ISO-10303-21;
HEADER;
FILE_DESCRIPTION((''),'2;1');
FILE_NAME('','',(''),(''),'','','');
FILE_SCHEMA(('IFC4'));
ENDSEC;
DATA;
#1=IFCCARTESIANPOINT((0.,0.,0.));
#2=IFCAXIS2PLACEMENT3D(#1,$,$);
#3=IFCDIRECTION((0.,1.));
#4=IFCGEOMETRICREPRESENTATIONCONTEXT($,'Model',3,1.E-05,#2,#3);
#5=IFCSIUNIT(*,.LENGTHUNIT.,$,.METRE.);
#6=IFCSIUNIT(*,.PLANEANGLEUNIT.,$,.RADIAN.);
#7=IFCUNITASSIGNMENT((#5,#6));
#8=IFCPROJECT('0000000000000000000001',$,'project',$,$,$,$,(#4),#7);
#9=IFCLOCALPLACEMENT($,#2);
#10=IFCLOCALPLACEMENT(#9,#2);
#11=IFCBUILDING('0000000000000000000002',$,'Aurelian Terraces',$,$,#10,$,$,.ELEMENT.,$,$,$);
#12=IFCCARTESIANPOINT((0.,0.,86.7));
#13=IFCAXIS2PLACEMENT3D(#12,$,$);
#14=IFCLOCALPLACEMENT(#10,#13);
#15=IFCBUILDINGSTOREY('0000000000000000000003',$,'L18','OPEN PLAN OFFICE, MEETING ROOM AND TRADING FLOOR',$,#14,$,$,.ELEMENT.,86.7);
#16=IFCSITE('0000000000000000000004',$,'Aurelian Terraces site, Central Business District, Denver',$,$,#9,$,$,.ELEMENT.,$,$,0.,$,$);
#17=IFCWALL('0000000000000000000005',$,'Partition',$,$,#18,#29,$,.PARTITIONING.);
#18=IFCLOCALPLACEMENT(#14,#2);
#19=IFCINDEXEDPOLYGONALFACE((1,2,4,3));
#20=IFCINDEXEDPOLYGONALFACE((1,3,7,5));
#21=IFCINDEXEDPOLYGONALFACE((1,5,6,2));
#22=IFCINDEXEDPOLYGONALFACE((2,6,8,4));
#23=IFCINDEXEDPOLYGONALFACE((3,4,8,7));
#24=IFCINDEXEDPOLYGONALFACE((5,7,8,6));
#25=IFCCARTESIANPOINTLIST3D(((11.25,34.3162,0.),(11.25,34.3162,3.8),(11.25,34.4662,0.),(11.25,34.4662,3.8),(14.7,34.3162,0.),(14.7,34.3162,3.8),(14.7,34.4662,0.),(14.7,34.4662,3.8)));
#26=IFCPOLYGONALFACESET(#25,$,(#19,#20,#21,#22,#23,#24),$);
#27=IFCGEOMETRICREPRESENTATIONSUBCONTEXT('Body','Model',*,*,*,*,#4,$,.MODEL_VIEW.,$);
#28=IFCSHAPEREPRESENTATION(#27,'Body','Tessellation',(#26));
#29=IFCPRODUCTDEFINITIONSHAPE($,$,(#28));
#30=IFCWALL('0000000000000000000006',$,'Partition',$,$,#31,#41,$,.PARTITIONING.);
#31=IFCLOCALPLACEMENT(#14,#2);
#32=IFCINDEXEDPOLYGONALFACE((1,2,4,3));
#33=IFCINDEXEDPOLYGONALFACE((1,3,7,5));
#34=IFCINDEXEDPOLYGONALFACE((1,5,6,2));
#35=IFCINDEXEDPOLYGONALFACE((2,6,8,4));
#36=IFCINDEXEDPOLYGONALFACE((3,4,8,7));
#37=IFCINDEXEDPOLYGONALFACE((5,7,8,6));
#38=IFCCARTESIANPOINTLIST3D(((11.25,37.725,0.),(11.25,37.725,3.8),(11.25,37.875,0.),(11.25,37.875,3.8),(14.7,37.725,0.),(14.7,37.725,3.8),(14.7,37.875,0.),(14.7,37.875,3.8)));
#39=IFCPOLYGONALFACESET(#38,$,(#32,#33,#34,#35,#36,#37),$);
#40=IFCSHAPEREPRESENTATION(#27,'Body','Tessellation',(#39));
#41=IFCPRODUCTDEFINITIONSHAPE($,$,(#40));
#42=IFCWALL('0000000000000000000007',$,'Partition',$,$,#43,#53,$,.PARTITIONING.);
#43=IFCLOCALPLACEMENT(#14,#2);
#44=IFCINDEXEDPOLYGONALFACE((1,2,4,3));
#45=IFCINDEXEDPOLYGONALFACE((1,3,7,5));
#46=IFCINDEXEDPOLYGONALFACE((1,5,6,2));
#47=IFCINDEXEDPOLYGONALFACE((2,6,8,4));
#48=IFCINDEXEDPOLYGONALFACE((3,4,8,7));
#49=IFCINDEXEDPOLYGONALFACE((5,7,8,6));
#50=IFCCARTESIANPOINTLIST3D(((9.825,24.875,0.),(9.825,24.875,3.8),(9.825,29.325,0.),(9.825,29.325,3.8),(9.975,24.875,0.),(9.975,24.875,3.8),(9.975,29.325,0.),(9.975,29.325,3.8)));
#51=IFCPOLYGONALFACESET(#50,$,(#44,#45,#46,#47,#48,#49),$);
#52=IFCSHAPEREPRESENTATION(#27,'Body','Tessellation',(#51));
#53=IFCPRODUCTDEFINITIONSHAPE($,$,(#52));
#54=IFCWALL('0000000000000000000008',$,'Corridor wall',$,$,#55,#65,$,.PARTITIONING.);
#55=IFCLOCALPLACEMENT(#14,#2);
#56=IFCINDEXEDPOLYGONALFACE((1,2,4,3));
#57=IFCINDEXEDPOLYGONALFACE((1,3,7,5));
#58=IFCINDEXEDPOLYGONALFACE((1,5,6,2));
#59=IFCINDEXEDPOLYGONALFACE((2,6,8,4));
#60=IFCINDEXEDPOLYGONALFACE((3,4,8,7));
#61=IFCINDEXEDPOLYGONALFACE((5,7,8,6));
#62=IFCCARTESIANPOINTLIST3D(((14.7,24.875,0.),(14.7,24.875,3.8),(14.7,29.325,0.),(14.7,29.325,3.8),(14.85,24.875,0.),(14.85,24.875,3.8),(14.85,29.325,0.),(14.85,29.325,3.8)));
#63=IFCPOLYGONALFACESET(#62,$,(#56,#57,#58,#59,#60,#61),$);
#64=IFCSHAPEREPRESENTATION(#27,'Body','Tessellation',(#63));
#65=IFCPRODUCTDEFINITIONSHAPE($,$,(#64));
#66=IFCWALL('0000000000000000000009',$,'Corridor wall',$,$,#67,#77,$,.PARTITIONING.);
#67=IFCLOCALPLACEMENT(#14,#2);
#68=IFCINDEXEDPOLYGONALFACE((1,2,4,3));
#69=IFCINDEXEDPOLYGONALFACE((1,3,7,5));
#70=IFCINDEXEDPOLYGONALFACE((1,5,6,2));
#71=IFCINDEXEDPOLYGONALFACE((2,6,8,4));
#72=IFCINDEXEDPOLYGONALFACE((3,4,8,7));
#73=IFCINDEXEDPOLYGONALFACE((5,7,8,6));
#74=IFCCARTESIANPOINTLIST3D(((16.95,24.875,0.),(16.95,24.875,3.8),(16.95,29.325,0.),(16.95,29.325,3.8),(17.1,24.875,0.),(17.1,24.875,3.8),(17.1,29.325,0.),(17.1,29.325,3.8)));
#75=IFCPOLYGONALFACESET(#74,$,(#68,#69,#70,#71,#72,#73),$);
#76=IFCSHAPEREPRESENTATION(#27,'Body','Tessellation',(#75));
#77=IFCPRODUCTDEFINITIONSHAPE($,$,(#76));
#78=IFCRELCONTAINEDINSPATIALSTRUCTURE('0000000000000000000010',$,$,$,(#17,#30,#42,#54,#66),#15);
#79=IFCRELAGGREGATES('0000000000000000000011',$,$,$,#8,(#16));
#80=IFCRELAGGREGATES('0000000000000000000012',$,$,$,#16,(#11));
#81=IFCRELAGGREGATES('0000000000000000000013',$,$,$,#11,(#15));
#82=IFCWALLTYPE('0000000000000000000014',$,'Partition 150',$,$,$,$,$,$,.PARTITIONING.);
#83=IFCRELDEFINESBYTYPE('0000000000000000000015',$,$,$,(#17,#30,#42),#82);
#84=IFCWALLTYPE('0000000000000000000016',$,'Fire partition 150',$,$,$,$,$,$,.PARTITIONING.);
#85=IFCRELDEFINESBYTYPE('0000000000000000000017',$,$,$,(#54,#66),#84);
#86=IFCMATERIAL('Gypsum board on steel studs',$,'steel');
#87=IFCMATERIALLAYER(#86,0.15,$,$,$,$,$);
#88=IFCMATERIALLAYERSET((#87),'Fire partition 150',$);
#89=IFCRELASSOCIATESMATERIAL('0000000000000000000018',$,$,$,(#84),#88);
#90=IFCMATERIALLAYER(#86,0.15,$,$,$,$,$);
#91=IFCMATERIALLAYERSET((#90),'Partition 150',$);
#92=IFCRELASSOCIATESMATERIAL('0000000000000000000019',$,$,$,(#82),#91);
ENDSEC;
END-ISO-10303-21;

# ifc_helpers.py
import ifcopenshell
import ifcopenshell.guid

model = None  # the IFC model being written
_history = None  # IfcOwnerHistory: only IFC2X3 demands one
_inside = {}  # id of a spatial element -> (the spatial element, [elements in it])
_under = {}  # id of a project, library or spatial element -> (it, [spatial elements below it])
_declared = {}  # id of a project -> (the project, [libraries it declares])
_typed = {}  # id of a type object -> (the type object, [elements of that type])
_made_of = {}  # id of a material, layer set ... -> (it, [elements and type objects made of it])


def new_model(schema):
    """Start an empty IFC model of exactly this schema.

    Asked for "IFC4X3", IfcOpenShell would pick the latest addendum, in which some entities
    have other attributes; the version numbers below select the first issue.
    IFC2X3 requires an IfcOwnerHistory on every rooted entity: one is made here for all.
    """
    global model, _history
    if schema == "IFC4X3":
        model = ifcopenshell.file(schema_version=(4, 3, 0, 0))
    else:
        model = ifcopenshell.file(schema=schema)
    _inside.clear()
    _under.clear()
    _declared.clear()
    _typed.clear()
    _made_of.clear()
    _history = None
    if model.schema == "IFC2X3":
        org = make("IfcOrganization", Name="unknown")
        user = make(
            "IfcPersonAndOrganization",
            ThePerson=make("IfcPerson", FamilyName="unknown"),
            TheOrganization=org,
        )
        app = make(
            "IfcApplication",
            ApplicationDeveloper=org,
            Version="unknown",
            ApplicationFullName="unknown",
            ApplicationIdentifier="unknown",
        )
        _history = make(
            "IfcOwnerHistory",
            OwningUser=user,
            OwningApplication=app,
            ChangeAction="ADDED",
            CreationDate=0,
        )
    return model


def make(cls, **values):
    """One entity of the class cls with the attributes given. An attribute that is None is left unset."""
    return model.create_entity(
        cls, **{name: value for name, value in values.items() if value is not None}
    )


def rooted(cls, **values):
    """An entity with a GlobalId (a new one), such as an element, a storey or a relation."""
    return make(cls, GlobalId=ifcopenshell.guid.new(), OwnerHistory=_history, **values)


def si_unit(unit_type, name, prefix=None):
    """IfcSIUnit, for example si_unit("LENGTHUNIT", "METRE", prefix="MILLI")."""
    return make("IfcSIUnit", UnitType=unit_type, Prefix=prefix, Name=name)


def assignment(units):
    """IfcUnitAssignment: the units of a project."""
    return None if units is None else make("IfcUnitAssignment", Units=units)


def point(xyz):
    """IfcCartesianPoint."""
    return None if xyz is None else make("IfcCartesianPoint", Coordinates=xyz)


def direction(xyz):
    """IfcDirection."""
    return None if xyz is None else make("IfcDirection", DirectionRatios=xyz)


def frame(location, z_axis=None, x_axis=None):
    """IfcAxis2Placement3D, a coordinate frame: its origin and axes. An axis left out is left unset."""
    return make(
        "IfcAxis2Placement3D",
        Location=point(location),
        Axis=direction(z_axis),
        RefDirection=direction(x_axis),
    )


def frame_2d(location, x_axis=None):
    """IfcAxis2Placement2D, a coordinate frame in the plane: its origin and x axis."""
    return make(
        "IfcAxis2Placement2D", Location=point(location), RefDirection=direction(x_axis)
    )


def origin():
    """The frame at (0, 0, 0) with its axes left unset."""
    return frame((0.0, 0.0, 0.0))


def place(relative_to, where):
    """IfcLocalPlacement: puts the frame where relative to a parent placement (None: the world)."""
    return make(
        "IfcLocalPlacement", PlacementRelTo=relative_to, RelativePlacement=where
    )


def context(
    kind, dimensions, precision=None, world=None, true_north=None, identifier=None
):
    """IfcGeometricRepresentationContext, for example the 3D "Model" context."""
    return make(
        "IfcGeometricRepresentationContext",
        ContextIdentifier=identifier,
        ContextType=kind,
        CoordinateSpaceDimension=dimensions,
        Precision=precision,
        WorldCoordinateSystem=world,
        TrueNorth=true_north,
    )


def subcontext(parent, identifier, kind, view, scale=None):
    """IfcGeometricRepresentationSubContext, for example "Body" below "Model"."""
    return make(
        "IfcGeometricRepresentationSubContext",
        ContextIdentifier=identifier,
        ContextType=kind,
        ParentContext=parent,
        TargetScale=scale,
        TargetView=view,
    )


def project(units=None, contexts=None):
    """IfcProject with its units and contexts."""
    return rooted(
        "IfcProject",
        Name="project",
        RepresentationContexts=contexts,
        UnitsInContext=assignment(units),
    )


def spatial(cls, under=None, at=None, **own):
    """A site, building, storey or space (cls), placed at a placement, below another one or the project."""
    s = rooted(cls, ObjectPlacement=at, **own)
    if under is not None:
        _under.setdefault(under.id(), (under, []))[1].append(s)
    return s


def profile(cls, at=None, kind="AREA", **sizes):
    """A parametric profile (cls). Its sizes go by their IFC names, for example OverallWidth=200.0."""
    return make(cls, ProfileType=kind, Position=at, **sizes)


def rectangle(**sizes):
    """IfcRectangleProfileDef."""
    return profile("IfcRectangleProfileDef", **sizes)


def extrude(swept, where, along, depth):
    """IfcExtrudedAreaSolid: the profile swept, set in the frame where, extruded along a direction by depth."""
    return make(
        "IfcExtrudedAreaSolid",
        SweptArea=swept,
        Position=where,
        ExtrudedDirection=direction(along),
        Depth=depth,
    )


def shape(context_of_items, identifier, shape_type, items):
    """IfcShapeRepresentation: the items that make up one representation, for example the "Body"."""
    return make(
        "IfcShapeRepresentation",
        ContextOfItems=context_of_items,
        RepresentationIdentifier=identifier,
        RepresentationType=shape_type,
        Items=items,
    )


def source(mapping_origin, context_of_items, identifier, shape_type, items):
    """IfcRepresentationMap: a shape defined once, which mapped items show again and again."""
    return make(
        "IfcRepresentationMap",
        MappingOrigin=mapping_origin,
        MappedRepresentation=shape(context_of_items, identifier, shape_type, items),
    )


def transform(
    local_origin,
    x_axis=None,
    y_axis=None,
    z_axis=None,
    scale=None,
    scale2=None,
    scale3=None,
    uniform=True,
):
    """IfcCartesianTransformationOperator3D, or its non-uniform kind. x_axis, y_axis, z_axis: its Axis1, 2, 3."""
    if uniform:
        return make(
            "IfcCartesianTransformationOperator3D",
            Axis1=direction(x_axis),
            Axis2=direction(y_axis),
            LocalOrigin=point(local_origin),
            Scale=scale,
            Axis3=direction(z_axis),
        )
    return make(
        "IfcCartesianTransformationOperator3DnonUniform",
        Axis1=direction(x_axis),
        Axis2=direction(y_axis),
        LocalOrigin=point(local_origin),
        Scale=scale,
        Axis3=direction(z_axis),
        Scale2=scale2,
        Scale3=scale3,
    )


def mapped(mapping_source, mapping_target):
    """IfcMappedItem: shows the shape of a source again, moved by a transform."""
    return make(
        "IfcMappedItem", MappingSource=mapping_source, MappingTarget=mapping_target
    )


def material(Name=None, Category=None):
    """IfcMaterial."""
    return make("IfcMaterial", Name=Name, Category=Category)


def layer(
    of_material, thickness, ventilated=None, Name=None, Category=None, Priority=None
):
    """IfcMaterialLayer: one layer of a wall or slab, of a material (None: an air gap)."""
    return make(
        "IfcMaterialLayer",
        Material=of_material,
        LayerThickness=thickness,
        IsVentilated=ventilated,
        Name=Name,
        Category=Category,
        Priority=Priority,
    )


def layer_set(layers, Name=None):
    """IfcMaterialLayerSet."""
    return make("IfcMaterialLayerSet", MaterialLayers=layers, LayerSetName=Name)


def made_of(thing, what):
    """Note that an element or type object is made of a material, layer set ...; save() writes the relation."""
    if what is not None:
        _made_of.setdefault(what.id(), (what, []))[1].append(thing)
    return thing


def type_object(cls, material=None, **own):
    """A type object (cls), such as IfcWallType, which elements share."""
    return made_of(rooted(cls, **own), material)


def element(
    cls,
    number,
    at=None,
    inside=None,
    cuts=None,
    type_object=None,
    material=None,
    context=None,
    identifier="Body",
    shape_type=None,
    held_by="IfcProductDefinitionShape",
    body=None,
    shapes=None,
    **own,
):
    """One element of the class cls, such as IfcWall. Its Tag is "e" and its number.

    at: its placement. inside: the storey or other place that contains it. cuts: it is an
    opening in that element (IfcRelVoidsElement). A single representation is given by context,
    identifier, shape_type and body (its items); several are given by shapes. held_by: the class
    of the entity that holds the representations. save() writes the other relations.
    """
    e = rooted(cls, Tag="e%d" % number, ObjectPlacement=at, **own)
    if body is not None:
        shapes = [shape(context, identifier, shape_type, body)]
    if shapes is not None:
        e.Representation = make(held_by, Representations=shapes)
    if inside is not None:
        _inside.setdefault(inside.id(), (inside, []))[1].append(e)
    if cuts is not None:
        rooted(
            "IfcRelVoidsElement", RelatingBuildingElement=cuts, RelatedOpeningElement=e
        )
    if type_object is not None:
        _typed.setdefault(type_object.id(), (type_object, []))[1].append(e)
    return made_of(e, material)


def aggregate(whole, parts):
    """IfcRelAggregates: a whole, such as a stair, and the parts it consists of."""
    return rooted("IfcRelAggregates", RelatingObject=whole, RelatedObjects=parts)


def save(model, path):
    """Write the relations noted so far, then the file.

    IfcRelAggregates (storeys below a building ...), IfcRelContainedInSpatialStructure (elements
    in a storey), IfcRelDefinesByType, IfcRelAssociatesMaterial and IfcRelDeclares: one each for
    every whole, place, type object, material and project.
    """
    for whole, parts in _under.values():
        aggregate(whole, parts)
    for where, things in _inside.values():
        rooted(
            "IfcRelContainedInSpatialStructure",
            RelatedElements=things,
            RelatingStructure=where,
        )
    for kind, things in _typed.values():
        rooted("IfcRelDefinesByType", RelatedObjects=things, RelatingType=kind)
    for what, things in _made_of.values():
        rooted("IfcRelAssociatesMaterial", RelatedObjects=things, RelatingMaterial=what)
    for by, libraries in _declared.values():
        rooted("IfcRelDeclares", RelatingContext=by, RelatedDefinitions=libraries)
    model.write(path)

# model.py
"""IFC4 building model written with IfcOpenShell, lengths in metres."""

from ifc_helpers import new_model, si_unit, direction, frame, frame_2d, origin, place, context, subcontext, project, spatial, rectangle, extrude, source, transform, mapped, material, layer, layer_set, type_object, element, save


model = new_model("IFC4")

# Units and contexts
model_context = context("Model", 3, precision=1e-05, world=origin(), true_north=direction((0.0, 1.0)))
body_context = subcontext(model_context, "Body", "Model", "MODEL_VIEW")
ifc_project = project(units=[si_unit("LENGTHUNIT", "METRE"), si_unit("PLANEANGLEUNIT", "RADIAN")], contexts=[model_context])

# Site, building, storey
site_placement = place(None, origin())
site = spatial("IfcSite", under=ifc_project, at=site_placement, Name="Aurelian Terraces site, Central Business District, Denver", CompositionType="ELEMENT", RefElevation=0.0)
building_placement = place(site_placement, origin())
building = spatial("IfcBuilding", under=site, at=building_placement, Name="Aurelian Terraces", CompositionType="ELEMENT")
storey_placement = place(building_placement, frame((0.0, 0.0, 86.7)))
storey = spatial("IfcBuildingStorey", under=building, at=storey_placement, Name="L18", Description="OPEN PLAN OFFICE, MEETING ROOM AND TRADING FLOOR", CompositionType="ELEMENT", Elevation=86.7)

# Shared definitions
ifc_material_1 = material(Name="Gypsum board on steel studs", Category="steel")

# Shared definitions
ifc_layer_1 = layer(ifc_material_1, 0.15)
ifc_layer_set_1 = layer_set([ifc_layer_1], Name="Fire partition 150")
wall_type_1 = type_object("IfcWallType", Name="Fire partition 150", PredefinedType="PARTITIONING", material=ifc_layer_set_1)

# Shared definitions
ifc_layer_2 = layer(ifc_material_1, 0.15)
ifc_layer_set_2 = layer_set([ifc_layer_2], Name="Partition 150")
wall_type_2 = type_object("IfcWallType", Name="Partition 150", PredefinedType="PARTITIONING", material=ifc_layer_set_2)

# Walls
shared_shape_1 = source(origin(), body_context, "Body", "SweptSolid", [
    extrude(rectangle(XDim=3.45, YDim=0.15, at=frame_2d((1.725, 0.0))), origin(), (0.0, 0.0, 1.0), 3.8),
])
for number, where, z_axis, x_axis, name in (
    (1, (14.7, 34.3912, 0.0), (0.0, 0.0, 1.0), (-1.0, 0.0, 0.0), "Partition"),
    (2, (14.7, 37.8, 0.0), (0.0, 0.0, 1.0), (-1.0, 0.0, 0.0), "Partition"),
):
    element("IfcWall", number, at=place(storey_placement, frame(where, z_axis=z_axis, x_axis=x_axis)), inside=storey, type_object=wall_type_2, Name=name, PredefinedType="PARTITIONING", context=body_context, shape_type="MappedRepresentation", body=[
        mapped(shared_shape_1, transform((0.0, 0.0, 0.0), scale=1.0)),
    ])
shared_shape_2 = source(origin(), body_context, "Body", "SweptSolid", [
    extrude(rectangle(XDim=4.45, YDim=0.15, at=frame_2d((2.225, 0.0))), origin(), (0.0, 0.0, 1.0), 3.8),
])
wall_1_placement = place(storey_placement, frame((9.9, 24.875, 0.0), z_axis=(0.0, 0.0, 1.0), x_axis=(0.0, 1.0, 0.0)))
element("IfcWall", 3, at=wall_1_placement, inside=storey, type_object=wall_type_2, Name="Partition", PredefinedType="PARTITIONING", context=body_context, shape_type="MappedRepresentation", body=[
    mapped(shared_shape_2, transform((0.0, 0.0, 0.0), scale=1.0)),
])
for number, where, z_axis, x_axis, name in (
    (4, (14.775, 24.875, 0.0), (0.0, 0.0, 1.0), (0.0, 1.0, 0.0), "Corridor wall"),
    (5, (17.025, 29.325, 0.0), (0.0, 0.0, 1.0), (0.0, -1.0, 0.0), "Corridor wall"),
):
    element("IfcWall", number, at=place(storey_placement, frame(where, z_axis=z_axis, x_axis=x_axis)), inside=storey, type_object=wall_type_1, Name=name, PredefinedType="PARTITIONING", context=body_context, shape_type="MappedRepresentation", body=[
        mapped(shared_shape_2, transform((0.0, 0.0, 0.0), scale=1.0)),
    ])

save(model, "model.ifc")
